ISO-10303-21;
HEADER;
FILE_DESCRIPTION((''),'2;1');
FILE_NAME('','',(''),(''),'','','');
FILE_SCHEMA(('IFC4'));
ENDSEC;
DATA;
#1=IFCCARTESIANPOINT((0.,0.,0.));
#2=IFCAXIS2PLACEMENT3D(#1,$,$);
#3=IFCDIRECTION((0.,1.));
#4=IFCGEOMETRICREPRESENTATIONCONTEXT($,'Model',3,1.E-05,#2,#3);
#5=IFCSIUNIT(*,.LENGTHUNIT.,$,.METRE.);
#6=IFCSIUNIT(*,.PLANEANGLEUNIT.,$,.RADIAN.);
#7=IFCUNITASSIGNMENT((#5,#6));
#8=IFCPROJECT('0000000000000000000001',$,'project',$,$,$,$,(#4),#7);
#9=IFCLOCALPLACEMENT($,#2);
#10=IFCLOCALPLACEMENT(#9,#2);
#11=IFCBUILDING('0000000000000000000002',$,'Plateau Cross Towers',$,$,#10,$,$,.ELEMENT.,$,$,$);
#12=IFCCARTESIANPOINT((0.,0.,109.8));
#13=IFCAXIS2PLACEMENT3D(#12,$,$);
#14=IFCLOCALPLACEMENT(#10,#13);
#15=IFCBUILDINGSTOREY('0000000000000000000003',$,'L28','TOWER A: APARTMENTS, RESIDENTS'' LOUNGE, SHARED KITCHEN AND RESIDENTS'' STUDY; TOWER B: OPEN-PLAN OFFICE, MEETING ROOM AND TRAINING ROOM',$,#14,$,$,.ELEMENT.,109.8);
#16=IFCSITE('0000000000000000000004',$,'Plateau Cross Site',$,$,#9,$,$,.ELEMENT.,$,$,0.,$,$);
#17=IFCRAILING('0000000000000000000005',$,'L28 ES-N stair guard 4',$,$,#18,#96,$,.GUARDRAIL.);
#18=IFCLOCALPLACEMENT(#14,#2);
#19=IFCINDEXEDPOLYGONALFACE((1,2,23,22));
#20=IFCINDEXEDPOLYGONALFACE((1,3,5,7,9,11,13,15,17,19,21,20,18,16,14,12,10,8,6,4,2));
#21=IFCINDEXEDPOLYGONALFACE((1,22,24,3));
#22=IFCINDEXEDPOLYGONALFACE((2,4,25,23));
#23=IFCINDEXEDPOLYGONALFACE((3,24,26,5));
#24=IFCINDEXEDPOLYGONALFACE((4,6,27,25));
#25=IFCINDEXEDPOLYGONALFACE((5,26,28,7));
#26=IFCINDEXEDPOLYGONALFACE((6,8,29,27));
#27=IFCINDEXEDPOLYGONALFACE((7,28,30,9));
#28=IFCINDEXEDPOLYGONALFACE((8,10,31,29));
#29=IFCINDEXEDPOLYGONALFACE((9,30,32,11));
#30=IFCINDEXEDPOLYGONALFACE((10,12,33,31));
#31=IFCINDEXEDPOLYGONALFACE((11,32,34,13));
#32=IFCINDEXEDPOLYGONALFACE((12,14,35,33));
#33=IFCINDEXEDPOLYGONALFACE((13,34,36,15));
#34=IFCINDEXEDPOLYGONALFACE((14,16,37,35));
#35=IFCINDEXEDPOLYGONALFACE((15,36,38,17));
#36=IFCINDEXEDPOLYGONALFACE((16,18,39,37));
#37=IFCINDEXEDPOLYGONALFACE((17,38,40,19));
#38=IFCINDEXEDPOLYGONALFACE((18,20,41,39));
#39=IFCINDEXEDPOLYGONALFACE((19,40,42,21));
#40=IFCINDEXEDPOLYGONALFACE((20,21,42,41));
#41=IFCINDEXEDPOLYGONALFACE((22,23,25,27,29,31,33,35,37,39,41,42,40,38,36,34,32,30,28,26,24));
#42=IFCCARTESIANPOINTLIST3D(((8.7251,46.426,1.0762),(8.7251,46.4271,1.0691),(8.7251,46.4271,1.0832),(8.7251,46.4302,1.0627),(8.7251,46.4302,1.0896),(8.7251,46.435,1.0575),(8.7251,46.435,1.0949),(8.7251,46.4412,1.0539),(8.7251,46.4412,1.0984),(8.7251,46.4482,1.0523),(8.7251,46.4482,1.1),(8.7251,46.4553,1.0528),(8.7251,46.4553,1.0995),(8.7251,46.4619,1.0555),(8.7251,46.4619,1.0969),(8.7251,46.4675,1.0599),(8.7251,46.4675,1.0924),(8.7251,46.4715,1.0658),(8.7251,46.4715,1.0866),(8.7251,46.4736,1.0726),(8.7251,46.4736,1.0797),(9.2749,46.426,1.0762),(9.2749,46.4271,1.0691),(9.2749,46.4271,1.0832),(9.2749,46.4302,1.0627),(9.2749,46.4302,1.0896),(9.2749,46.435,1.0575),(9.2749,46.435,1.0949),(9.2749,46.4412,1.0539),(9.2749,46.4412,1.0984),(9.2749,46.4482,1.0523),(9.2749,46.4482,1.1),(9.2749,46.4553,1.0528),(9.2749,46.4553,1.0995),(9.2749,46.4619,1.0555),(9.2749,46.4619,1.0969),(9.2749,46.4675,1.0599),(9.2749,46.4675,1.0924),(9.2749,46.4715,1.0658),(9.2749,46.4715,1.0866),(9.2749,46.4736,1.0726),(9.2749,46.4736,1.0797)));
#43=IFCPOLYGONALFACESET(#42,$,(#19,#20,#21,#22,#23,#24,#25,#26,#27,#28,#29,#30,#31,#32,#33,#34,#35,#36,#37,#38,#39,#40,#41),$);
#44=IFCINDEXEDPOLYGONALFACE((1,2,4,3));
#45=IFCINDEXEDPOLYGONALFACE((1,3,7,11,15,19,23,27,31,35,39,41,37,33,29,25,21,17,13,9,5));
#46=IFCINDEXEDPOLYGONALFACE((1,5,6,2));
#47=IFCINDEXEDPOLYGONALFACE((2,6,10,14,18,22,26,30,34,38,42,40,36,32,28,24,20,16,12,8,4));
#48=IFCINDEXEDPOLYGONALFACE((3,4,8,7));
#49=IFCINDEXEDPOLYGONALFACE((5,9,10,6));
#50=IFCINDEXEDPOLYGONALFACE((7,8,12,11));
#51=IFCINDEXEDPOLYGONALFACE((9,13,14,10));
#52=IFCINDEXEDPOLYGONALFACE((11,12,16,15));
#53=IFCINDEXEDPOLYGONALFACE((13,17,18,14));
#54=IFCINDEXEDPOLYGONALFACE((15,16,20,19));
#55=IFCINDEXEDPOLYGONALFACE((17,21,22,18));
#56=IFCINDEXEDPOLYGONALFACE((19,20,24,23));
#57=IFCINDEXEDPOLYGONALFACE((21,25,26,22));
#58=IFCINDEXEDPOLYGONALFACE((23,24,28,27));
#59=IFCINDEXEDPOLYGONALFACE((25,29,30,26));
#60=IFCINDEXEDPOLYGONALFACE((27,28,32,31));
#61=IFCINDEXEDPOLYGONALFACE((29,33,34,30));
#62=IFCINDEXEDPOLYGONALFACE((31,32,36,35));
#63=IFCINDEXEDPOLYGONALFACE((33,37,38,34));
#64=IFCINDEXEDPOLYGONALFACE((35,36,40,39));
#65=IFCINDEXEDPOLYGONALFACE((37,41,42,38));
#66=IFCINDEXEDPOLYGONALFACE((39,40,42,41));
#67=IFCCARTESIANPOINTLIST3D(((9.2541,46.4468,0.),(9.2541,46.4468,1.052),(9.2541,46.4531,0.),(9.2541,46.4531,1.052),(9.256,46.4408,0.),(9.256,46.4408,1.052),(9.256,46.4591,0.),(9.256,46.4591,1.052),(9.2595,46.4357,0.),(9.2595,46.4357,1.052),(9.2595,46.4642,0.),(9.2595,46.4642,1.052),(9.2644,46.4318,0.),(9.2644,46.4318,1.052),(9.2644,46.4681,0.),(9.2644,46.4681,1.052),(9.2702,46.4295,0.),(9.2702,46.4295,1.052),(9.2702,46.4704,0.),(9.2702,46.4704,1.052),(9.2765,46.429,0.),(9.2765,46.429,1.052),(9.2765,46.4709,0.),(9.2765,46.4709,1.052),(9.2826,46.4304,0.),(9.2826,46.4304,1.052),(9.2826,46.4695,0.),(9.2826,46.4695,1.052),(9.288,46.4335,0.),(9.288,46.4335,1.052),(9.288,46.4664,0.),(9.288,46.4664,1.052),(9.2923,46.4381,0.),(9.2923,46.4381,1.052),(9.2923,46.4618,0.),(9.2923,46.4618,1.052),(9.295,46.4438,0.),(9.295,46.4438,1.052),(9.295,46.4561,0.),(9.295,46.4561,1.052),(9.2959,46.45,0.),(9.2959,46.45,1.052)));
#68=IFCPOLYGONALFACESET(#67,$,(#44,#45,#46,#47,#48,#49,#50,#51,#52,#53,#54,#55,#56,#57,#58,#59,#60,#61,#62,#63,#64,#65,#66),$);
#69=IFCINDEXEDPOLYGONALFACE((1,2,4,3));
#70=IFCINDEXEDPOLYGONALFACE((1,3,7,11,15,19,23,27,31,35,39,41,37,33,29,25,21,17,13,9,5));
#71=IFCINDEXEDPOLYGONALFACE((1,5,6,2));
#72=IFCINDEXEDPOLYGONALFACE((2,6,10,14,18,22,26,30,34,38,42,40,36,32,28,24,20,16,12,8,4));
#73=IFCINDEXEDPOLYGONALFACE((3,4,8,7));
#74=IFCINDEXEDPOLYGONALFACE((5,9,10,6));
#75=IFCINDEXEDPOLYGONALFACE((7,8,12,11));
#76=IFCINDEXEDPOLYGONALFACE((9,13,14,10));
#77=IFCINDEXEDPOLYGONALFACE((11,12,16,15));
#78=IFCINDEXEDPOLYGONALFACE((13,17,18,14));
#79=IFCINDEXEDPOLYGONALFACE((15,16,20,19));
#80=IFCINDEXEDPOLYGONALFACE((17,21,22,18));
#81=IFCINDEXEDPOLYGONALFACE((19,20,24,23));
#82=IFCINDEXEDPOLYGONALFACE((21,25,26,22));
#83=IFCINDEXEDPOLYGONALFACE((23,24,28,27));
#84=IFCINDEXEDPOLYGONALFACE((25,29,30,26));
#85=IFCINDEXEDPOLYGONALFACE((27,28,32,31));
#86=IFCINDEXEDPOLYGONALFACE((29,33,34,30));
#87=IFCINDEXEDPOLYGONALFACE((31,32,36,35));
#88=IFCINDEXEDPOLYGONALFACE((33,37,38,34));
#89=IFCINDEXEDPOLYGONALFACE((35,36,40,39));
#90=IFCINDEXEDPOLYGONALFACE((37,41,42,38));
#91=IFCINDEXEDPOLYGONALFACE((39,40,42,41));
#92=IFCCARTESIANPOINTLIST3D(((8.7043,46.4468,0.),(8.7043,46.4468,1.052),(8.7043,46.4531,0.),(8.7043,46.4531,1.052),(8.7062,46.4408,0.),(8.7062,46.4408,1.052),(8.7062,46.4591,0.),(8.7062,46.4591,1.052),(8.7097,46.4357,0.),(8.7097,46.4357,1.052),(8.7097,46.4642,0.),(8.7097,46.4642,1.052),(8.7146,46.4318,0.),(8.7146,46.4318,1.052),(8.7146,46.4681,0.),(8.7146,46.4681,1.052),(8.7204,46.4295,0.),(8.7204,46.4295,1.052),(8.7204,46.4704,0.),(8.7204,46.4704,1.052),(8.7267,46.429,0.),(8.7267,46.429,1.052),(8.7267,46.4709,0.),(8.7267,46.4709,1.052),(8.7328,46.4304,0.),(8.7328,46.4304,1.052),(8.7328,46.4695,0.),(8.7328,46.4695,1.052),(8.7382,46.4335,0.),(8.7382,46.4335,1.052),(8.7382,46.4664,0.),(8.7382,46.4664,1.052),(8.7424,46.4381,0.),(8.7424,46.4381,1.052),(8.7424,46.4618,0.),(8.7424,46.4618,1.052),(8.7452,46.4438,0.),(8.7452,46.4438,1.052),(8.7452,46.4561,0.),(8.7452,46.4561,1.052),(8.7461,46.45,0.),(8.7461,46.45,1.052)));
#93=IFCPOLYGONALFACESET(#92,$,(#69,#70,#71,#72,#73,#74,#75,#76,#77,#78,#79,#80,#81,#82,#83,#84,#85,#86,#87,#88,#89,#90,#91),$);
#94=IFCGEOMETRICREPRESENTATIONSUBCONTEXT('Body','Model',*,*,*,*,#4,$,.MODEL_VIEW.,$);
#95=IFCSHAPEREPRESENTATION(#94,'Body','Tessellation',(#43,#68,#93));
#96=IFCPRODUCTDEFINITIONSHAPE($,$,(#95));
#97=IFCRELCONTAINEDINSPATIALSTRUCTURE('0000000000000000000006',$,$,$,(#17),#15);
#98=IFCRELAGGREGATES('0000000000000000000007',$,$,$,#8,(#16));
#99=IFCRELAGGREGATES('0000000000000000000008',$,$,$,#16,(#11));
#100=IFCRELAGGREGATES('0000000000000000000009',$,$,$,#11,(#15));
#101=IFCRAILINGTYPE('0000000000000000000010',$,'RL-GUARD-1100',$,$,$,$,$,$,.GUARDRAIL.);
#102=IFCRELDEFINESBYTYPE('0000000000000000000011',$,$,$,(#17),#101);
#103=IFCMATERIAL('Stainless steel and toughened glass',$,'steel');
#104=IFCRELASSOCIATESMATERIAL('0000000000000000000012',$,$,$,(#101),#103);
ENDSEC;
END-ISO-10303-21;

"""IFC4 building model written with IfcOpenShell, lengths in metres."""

from ifc_helpers import new_model, si_unit, direction, frame, origin, origin_2d, place, context, subcontext, project, spatial, circle, extrude, material, type_object, element, save


model = new_model("IFC4")

# Units and contexts
model_context = context("Model", 3, precision=1e-05, world=origin(), true_north=direction((0.0, 1.0)))
body_context = subcontext(model_context, "Body", "Model", "MODEL_VIEW")
ifc_project = project(units=[si_unit("LENGTHUNIT", "METRE"), si_unit("PLANEANGLEUNIT", "RADIAN")], contexts=[model_context])

# Site, building, storey
site_placement = place(None, origin())
site = spatial("IfcSite", under=ifc_project, at=site_placement, Name="Plateau Cross Site", CompositionType="ELEMENT", RefElevation=0.0)
building_placement = place(site_placement, origin())
building = spatial("IfcBuilding", under=site, at=building_placement, Name="Plateau Cross Towers", CompositionType="ELEMENT")
storey_placement = place(building_placement, frame((0.0, 0.0, 109.8)))
storey = spatial("IfcBuildingStorey", under=building, at=storey_placement, Name="L28", Description="TOWER A: APARTMENTS, RESIDENTS' LOUNGE, SHARED KITCHEN AND RESIDENTS' STUDY; TOWER B: OPEN-PLAN OFFICE, MEETING ROOM AND TRAINING ROOM", CompositionType="ELEMENT", Elevation=109.8)

# Railing
ifc_material_1 = material(Name="Stainless steel and toughened glass", Category="steel")
railing_type_1 = type_object("IfcRailingType", Name="RL-GUARD-1100", PredefinedType="GUARDRAIL", material=ifc_material_1)
railing_1_placement = place(storey_placement, frame((9.2749, 46.45, 0.0)))
element("IfcRailing", 1, at=railing_1_placement, inside=storey, type_object=railing_type_1, Name="L28 ES-N stair guard 4", PredefinedType="GUARDRAIL", context=body_context, shape_type="SweptSolid", body=[
    extrude(circle(Radius=0.0239, at=origin_2d()), frame((0.0, 0.0, 1.0762), z_axis=(-1.0, 0.0, 0.0), x_axis=(0.0, -1.0, 0.0)), (0.0, 0.0, 1.0), 0.5498),
    extrude(circle(Radius=0.021, at=origin_2d()), origin(), (0.0, 0.0, 1.0), 1.052),
    extrude(circle(Radius=0.021, at=origin_2d()), frame((-0.5498, 0.0, 0.0)), (0.0, 0.0, 1.0), 1.052),
])

save(model, "model.ifc")
